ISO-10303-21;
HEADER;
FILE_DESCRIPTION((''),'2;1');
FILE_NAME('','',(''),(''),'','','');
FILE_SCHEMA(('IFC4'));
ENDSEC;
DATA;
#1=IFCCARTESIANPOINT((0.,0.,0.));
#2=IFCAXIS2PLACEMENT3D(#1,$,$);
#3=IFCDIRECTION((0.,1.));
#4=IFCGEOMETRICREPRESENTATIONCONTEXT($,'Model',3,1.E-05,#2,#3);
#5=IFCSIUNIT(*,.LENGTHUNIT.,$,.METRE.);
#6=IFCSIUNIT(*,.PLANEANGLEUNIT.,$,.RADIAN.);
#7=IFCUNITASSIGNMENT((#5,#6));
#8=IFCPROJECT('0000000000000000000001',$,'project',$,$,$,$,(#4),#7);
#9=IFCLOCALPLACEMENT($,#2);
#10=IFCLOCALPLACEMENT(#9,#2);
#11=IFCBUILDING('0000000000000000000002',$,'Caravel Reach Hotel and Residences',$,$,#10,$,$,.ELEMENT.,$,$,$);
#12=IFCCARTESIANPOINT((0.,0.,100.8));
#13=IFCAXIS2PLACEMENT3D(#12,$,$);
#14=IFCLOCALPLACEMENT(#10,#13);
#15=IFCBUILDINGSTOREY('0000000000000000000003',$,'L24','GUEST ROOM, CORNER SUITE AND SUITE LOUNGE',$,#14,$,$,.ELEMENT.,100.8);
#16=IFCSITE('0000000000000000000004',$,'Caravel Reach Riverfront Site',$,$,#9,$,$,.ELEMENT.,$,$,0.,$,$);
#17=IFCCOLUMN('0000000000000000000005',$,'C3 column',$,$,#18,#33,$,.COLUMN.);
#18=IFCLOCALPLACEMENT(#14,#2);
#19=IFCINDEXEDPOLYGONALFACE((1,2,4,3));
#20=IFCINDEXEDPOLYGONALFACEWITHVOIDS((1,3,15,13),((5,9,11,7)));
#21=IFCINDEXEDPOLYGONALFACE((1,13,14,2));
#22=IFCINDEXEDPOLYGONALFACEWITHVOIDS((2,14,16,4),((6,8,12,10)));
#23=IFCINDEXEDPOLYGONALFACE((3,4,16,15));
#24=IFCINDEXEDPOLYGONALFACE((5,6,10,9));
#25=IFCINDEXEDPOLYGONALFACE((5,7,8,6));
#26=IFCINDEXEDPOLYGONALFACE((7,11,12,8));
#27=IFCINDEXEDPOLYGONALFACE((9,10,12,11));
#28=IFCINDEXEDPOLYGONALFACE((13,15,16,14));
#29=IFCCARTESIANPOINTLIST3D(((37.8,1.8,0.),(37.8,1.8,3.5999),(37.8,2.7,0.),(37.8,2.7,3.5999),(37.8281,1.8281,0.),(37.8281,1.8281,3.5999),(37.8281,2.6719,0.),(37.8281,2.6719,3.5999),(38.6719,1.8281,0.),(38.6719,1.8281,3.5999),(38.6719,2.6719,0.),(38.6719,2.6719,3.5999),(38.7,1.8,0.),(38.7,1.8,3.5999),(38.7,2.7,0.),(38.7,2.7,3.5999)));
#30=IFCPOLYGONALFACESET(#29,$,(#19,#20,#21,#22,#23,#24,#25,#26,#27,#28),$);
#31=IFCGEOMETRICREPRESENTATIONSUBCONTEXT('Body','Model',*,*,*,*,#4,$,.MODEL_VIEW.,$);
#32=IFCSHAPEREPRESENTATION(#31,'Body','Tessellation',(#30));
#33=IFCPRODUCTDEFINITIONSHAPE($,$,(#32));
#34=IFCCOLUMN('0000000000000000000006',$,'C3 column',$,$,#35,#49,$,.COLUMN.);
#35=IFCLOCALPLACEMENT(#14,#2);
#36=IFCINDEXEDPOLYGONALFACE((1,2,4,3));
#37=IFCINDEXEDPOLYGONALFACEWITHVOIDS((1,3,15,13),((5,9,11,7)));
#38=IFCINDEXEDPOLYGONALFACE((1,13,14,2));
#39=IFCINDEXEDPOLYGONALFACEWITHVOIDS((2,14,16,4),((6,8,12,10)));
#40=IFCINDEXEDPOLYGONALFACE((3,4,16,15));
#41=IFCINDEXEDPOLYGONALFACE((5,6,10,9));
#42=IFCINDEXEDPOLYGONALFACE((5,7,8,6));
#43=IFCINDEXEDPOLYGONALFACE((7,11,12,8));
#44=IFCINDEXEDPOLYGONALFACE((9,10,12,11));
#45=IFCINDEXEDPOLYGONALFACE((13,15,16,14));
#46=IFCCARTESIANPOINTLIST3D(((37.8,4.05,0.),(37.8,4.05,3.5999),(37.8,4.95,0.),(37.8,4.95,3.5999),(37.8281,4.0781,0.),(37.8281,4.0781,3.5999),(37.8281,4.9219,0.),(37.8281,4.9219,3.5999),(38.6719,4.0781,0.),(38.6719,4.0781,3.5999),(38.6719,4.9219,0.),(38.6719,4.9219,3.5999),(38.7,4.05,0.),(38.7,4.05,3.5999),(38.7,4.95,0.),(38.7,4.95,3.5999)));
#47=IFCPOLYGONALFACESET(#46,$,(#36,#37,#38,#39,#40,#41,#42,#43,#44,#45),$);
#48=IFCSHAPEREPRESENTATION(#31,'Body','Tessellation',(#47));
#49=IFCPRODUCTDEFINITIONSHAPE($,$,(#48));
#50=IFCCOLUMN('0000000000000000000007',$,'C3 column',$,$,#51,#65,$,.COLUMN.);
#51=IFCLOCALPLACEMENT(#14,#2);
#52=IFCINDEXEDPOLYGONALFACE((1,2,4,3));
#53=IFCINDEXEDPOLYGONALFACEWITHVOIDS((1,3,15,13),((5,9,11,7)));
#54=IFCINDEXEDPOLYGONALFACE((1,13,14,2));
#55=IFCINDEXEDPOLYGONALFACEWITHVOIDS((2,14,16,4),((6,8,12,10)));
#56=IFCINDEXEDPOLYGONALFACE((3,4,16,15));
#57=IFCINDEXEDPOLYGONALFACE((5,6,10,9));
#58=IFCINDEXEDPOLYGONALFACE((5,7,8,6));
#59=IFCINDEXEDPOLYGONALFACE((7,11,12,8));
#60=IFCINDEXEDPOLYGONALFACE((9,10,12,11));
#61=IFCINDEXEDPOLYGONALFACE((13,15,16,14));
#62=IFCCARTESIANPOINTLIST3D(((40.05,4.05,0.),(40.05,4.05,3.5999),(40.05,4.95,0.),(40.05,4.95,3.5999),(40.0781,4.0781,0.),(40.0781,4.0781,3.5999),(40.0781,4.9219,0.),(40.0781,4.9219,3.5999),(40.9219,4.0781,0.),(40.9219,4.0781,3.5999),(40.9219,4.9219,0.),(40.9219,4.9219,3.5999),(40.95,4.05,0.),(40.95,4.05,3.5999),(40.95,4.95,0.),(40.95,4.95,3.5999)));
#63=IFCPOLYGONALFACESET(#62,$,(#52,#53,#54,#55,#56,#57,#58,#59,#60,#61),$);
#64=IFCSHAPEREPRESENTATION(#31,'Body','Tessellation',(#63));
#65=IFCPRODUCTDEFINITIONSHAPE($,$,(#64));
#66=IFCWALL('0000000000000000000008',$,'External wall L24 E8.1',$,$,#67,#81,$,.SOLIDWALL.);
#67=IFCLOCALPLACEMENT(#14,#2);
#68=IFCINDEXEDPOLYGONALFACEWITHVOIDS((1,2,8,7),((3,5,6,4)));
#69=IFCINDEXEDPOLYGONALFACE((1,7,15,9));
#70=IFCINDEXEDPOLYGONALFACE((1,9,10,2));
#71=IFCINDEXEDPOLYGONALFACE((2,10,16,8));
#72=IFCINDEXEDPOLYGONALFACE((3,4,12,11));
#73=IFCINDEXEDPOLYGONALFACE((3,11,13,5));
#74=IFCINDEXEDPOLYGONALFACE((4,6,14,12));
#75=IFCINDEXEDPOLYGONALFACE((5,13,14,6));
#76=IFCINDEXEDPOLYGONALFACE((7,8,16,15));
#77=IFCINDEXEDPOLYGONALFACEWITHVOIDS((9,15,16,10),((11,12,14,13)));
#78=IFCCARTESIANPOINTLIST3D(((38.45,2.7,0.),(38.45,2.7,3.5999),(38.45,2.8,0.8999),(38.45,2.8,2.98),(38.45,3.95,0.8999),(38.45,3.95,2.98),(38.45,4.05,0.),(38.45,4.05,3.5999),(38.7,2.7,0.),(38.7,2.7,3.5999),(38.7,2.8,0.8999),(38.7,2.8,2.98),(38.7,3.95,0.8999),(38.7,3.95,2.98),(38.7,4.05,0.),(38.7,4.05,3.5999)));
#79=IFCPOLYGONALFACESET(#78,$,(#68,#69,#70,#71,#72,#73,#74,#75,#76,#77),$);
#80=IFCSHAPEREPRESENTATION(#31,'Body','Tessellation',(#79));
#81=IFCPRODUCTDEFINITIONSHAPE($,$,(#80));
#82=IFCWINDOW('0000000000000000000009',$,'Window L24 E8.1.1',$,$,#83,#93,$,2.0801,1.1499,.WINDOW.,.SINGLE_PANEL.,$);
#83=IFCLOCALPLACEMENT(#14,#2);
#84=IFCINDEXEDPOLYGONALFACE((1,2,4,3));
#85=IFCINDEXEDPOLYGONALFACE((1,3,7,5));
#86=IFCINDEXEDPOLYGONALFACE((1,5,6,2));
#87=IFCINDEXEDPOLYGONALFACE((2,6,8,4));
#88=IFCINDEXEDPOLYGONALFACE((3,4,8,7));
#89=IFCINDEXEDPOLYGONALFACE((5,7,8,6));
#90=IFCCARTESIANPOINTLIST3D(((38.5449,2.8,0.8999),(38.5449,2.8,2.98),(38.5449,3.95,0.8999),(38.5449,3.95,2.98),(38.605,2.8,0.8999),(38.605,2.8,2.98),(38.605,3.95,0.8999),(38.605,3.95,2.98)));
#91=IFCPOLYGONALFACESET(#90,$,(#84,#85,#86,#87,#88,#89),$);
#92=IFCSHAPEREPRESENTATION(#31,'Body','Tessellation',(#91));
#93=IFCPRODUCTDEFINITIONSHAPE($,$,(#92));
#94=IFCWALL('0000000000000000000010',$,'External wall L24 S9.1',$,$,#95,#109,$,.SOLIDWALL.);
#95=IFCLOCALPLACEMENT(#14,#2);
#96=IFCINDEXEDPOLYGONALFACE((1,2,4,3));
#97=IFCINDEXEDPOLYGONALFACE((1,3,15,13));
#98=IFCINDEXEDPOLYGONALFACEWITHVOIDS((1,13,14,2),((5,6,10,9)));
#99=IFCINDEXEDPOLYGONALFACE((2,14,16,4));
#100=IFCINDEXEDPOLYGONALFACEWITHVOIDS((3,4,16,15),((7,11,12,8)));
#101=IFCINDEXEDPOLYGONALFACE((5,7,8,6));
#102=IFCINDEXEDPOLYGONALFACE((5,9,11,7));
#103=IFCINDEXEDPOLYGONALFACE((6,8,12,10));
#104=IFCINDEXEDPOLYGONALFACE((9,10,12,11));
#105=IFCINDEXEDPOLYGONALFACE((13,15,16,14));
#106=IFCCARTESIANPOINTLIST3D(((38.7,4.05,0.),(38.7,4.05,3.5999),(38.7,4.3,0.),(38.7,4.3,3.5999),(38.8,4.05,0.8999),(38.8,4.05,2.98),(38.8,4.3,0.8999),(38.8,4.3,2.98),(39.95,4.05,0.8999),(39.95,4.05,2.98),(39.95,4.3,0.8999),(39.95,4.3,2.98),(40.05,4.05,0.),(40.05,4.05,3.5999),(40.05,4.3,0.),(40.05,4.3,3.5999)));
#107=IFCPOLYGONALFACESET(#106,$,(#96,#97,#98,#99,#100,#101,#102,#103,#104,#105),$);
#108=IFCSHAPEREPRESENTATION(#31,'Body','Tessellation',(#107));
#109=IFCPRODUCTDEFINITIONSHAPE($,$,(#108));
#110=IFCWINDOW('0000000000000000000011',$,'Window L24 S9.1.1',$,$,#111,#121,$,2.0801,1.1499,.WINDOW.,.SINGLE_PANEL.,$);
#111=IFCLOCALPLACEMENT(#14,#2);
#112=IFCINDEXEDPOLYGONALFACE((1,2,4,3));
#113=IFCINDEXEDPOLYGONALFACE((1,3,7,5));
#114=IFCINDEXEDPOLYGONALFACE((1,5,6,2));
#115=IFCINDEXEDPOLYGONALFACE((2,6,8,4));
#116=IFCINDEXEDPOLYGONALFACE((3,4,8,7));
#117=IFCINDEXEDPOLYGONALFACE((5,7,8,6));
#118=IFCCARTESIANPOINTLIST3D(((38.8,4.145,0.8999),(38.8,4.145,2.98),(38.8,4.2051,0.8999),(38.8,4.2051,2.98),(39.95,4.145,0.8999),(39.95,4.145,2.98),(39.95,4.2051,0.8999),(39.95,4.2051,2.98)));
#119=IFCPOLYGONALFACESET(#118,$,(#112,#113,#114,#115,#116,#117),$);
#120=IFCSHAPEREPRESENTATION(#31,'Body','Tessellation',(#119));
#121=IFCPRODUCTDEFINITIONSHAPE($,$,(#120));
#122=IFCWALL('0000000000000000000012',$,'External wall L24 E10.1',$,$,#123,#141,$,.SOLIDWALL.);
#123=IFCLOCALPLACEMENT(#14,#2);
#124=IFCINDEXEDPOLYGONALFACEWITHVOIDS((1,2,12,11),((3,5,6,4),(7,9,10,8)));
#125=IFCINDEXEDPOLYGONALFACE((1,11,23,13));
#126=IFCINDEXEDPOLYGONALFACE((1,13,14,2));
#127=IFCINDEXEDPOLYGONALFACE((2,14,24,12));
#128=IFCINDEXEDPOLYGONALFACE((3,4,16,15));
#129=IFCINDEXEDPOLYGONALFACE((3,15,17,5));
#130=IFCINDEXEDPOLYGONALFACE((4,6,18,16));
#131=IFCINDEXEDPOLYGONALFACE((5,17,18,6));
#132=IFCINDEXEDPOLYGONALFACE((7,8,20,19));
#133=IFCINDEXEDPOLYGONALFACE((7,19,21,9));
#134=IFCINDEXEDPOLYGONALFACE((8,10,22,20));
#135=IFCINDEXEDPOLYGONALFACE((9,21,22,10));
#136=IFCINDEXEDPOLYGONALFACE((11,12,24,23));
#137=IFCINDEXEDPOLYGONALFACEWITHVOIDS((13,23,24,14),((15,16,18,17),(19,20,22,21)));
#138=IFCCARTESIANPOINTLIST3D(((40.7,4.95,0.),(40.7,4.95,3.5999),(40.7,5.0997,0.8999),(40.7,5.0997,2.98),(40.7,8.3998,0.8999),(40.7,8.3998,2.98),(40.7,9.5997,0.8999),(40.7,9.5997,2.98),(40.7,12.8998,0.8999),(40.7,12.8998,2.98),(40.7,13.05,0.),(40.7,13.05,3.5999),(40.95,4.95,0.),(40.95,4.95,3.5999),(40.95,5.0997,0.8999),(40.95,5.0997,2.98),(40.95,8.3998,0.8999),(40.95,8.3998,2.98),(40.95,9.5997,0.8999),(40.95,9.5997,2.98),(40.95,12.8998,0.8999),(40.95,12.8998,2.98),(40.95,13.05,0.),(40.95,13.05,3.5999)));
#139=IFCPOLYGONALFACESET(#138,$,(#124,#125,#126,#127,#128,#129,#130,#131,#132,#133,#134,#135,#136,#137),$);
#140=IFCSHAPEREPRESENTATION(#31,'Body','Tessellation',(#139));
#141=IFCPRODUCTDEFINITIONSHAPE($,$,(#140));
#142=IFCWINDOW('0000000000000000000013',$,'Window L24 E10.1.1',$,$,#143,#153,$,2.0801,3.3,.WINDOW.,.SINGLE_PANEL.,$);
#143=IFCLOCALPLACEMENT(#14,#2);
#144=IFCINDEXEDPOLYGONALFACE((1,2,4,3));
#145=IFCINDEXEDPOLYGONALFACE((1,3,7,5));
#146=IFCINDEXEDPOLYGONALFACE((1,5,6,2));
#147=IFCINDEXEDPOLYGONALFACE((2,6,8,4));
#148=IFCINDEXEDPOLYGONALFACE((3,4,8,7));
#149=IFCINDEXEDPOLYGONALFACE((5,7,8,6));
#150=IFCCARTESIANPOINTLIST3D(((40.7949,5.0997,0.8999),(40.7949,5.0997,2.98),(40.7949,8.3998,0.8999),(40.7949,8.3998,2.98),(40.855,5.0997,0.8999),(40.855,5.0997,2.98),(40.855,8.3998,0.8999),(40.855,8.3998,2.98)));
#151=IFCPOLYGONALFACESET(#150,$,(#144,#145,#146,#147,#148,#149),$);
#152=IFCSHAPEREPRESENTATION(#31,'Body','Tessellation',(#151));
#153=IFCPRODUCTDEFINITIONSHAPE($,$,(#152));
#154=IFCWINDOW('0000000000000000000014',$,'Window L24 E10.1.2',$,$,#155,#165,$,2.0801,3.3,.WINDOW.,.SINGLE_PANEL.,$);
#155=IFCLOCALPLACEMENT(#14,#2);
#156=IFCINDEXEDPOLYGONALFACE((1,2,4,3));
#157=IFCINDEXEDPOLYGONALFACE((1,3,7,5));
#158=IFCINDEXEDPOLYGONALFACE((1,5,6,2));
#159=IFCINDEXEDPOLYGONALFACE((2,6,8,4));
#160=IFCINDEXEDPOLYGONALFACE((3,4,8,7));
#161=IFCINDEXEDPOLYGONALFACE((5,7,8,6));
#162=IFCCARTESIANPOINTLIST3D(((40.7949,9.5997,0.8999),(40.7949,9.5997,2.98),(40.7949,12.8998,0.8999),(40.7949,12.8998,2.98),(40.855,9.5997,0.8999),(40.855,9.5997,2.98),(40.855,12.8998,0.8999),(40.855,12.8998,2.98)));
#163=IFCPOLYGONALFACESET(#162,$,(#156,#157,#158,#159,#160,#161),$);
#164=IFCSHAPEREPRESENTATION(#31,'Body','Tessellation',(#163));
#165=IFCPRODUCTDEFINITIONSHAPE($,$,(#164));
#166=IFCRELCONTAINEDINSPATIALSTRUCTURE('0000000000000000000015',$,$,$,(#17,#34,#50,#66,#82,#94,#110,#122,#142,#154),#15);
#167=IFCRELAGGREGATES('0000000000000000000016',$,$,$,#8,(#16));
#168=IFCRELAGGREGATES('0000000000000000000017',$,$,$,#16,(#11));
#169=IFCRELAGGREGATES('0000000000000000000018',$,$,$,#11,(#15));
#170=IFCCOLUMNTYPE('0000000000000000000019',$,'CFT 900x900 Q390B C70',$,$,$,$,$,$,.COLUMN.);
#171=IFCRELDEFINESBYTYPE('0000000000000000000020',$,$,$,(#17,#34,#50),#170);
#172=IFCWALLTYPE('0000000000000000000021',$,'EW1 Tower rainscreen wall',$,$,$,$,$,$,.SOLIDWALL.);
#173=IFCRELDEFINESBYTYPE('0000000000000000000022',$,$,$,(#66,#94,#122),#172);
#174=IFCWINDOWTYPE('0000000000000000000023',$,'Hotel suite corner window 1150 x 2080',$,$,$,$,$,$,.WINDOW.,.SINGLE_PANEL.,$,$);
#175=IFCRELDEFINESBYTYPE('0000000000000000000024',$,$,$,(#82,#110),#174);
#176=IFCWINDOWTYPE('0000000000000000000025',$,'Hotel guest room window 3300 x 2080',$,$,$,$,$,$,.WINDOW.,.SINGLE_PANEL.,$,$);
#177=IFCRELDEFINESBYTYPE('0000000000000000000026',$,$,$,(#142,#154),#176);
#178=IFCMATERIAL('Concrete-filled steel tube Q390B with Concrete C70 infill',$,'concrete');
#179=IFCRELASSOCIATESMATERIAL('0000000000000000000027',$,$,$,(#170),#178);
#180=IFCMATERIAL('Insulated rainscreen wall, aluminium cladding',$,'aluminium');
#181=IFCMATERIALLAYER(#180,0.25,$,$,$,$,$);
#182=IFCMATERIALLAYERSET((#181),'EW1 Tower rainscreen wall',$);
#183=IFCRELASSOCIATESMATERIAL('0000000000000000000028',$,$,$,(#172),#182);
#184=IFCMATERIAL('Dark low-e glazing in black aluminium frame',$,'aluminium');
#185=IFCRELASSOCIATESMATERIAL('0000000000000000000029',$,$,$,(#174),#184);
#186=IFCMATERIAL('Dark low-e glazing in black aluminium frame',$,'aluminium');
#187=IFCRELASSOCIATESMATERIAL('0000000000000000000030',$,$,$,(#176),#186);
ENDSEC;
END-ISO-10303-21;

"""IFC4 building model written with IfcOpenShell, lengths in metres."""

from ifc_helpers import new_model, si_unit, direction, frame, frame_2d, origin, origin_2d, place, context, subcontext, project, spatial, rectangle, hollow_rectangle, extrude, material, layer, layer_set, material_profile, profile_set, type_object, element, fill, save


model = new_model("IFC4")

# Units and contexts
model_context = context("Model", 3, precision=1e-05, world=origin(), true_north=direction((0.0, 1.0)))
body_context = subcontext(model_context, "Body", "Model", "MODEL_VIEW")
ifc_project = project(units=[si_unit("LENGTHUNIT", "METRE"), si_unit("PLANEANGLEUNIT", "RADIAN")], contexts=[model_context])

# Site, building, storey
site_placement = place(None, origin())
site = spatial("IfcSite", under=ifc_project, at=site_placement, Name="Caravel Reach Riverfront Site", CompositionType="ELEMENT", RefElevation=0.0)
building_placement = place(site_placement, origin())
building = spatial("IfcBuilding", under=site, at=building_placement, Name="Caravel Reach Hotel and Residences", CompositionType="ELEMENT")
storey_placement = place(building_placement, frame((0.0, 0.0, 100.8)))
storey = spatial("IfcBuildingStorey", under=building, at=storey_placement, Name="L24", Description="GUEST ROOM, CORNER SUITE AND SUITE LOUNGE", CompositionType="ELEMENT", Elevation=100.8)

# Columns
ifc_material_1 = material(Name="Concrete-filled steel tube Q390B with Concrete C70 infill", Category="concrete")
ifc_material_profile = material_profile(ifc_material_1, hollow_rectangle(XDim=0.8999, YDim=0.8999, WallThickness=0.0281, at=origin_2d()), Name="RHS 900x900x28")
ifc_profile_set = profile_set([ifc_material_profile], Name="Concrete-filled steel tube Q390B with Concrete C70 infill")
column_type = type_object("IfcColumnType", Name="CFT 900x900 Q390B C70", PredefinedType="COLUMN", material=ifc_profile_set)
for number, where, z_axis, x_axis, name in (
    (1, (38.25, 2.25, 0.0), (0.0, 0.0, 1.0), (1.0, 0.0, 0.0), "C3 column"),
    (2, (38.25, 4.5, 0.0), (0.0, 0.0, 1.0), (1.0, 0.0, 0.0), "C3 column"),
    (3, (40.5, 4.5, 0.0), (0.0, 0.0, 1.0), (1.0, 0.0, 0.0), "C3 column"),
):
    element("IfcColumn", number, at=place(storey_placement, frame(where, z_axis=z_axis, x_axis=x_axis)), inside=storey, type_object=column_type, Name=name, PredefinedType="COLUMN", context=body_context, shape_type="SweptSolid", body=[
        extrude(hollow_rectangle(XDim=0.8999, YDim=0.8999, WallThickness=0.0281, at=origin_2d()), origin(), (0.0, 0.0, 1.0), 3.5999),
    ])

# Walls, openings, windows
ifc_material_2 = material(Name="Insulated rainscreen wall, aluminium cladding", Category="aluminium")
ifc_layer = layer(ifc_material_2, 0.25)
ifc_layer_set = layer_set([ifc_layer], Name="EW1 Tower rainscreen wall")
wall_type = type_object("IfcWallType", Name="EW1 Tower rainscreen wall", PredefinedType="SOLIDWALL", material=ifc_layer_set)
wall_1_placement = place(storey_placement, frame((38.575, 2.7, 0.0), z_axis=(0.0, 0.0, 1.0), x_axis=(0.0, 1.0, 0.0)))
wall_1 = element("IfcWall", 4, at=wall_1_placement, inside=storey, type_object=wall_type, Name="External wall L24 E8.1", PredefinedType="SOLIDWALL", context=body_context, shape_type="SweptSolid", body=[
    extrude(rectangle(XDim=1.3501, YDim=0.25, at=frame_2d((0.675, 0.0))), origin(), (0.0, 0.0, 1.0), 3.5999),
])
opening_1_placement = place(wall_1_placement, frame((0.1001, 0.0, 0.8999)))
opening_1 = element("IfcOpeningElement", 5, at=opening_1_placement, cuts=wall_1, PredefinedType="OPENING", context=body_context, shape_type="SweptSolid", body=[
    extrude(rectangle(XDim=1.1499, YDim=2.0801, at=frame_2d((0.575, 1.04))), frame((0.0, 0.135, 0.0), z_axis=(0.0, -1.0, 0.0), x_axis=(1.0, 0.0, 0.0)), (0.0, 0.0, 1.0), 0.27),
])
ifc_material_3 = material(Name="Dark low-e glazing in black aluminium frame", Category="aluminium")
window_type_1 = type_object("IfcWindowType", Name="Hotel suite corner window 1150 x 2080", PartitioningType="SINGLE_PANEL", PredefinedType="WINDOW", material=ifc_material_3)
window_1_placement = place(opening_1_placement, origin())
window_1 = element("IfcWindow", 6, at=window_1_placement, inside=storey, type_object=window_type_1, Name="Window L24 E8.1.1", OverallHeight=2.0801, OverallWidth=1.1499, PartitioningType="SINGLE_PANEL", PredefinedType="WINDOW", context=body_context, shape_type="SweptSolid", body=[
    extrude(rectangle(XDim=1.1499, YDim=2.0801, at=frame_2d((0.575, 1.04))), frame((0.0, 0.03, 0.0), z_axis=(0.0, -1.0, 0.0), x_axis=(1.0, 0.0, 0.0)), (0.0, 0.0, 1.0), 0.0601),
])
fill(opening_1, window_1)
wall_2_placement = place(storey_placement, frame((38.7, 4.175, 0.0), z_axis=(0.0, 0.0, 1.0), x_axis=(1.0, 0.0, 0.0)))
wall_2 = element("IfcWall", 7, at=wall_2_placement, inside=storey, type_object=wall_type, Name="External wall L24 S9.1", PredefinedType="SOLIDWALL", context=body_context, shape_type="SweptSolid", body=[
    extrude(rectangle(XDim=1.3501, YDim=0.25, at=frame_2d((0.675, 0.0))), origin(), (0.0, 0.0, 1.0), 3.5999),
])
opening_2_placement = place(wall_2_placement, frame((0.1001, 0.0, 0.8999)))
opening_2 = element("IfcOpeningElement", 8, at=opening_2_placement, cuts=wall_2, PredefinedType="OPENING", context=body_context, shape_type="SweptSolid", body=[
    extrude(rectangle(XDim=1.1499, YDim=2.0801, at=frame_2d((0.575, 1.04))), frame((0.0, 0.135, 0.0), z_axis=(0.0, -1.0, 0.0), x_axis=(1.0, 0.0, 0.0)), (0.0, 0.0, 1.0), 0.27),
])
window_2_placement = place(opening_2_placement, origin())
window_2 = element("IfcWindow", 9, at=window_2_placement, inside=storey, type_object=window_type_1, Name="Window L24 S9.1.1", OverallHeight=2.0801, OverallWidth=1.1499, PartitioningType="SINGLE_PANEL", PredefinedType="WINDOW", context=body_context, shape_type="SweptSolid", body=[
    extrude(rectangle(XDim=1.1499, YDim=2.0801, at=frame_2d((0.575, 1.04))), frame((0.0, 0.03, 0.0), z_axis=(0.0, -1.0, 0.0), x_axis=(1.0, 0.0, 0.0)), (0.0, 0.0, 1.0), 0.0601),
])
fill(opening_2, window_2)

# Wall, openings, windows
wall_3_placement = place(storey_placement, frame((40.825, 4.95, 0.0), z_axis=(0.0, 0.0, 1.0), x_axis=(0.0, 1.0, 0.0)))
wall_3 = element("IfcWall", 10, at=wall_3_placement, inside=storey, type_object=wall_type, Name="External wall L24 E10.1", PredefinedType="SOLIDWALL", context=body_context, shape_type="SweptSolid", body=[
    extrude(rectangle(XDim=8.1001, YDim=0.25, at=frame_2d((4.05, 0.0))), origin(), (0.0, 0.0, 1.0), 3.5999),
])
opening_3_placement = place(wall_3_placement, frame((0.1499, 0.0, 0.8999)))
opening_3 = element("IfcOpeningElement", 11, at=opening_3_placement, cuts=wall_3, PredefinedType="OPENING", context=body_context, shape_type="SweptSolid", body=[
    extrude(rectangle(XDim=3.3, YDim=2.0801, at=frame_2d((1.6499, 1.04))), frame((0.0, 0.135, 0.0), z_axis=(0.0, -1.0, 0.0), x_axis=(1.0, 0.0, 0.0)), (0.0, 0.0, 1.0), 0.27),
])
opening_4_placement = place(wall_3_placement, frame((4.6499, 0.0, 0.8999)))
opening_4 = element("IfcOpeningElement", 12, at=opening_4_placement, cuts=wall_3, PredefinedType="OPENING", context=body_context, shape_type="SweptSolid", body=[
    extrude(rectangle(XDim=3.3, YDim=2.0801, at=frame_2d((1.6499, 1.04))), frame((0.0, 0.135, 0.0), z_axis=(0.0, -1.0, 0.0), x_axis=(1.0, 0.0, 0.0)), (0.0, 0.0, 1.0), 0.27),
])
ifc_material_4 = material(Name="Dark low-e glazing in black aluminium frame", Category="aluminium")
window_type_2 = type_object("IfcWindowType", Name="Hotel guest room window 3300 x 2080", PartitioningType="SINGLE_PANEL", PredefinedType="WINDOW", material=ifc_material_4)
window_3_placement = place(opening_3_placement, origin())
window_3 = element("IfcWindow", 13, at=window_3_placement, inside=storey, type_object=window_type_2, Name="Window L24 E10.1.1", OverallHeight=2.0801, OverallWidth=3.3, PartitioningType="SINGLE_PANEL", PredefinedType="WINDOW", context=body_context, shape_type="SweptSolid", body=[
    extrude(rectangle(XDim=3.3, YDim=2.0801, at=frame_2d((1.6499, 1.04))), frame((0.0, 0.03, 0.0), z_axis=(0.0, -1.0, 0.0), x_axis=(1.0, 0.0, 0.0)), (0.0, 0.0, 1.0), 0.0601),
])
fill(opening_3, window_3)
window_4_placement = place(opening_4_placement, origin())
window_4 = element("IfcWindow", 14, at=window_4_placement, inside=storey, type_object=window_type_2, Name="Window L24 E10.1.2", OverallHeight=2.0801, OverallWidth=3.3, PartitioningType="SINGLE_PANEL", PredefinedType="WINDOW", context=body_context, shape_type="SweptSolid", body=[
    extrude(rectangle(XDim=3.3, YDim=2.0801, at=frame_2d((1.6499, 1.04))), frame((0.0, 0.03, 0.0), z_axis=(0.0, -1.0, 0.0), x_axis=(1.0, 0.0, 0.0)), (0.0, 0.0, 1.0), 0.0601),
])
fill(opening_4, window_4)

save(model, "model.ifc")
